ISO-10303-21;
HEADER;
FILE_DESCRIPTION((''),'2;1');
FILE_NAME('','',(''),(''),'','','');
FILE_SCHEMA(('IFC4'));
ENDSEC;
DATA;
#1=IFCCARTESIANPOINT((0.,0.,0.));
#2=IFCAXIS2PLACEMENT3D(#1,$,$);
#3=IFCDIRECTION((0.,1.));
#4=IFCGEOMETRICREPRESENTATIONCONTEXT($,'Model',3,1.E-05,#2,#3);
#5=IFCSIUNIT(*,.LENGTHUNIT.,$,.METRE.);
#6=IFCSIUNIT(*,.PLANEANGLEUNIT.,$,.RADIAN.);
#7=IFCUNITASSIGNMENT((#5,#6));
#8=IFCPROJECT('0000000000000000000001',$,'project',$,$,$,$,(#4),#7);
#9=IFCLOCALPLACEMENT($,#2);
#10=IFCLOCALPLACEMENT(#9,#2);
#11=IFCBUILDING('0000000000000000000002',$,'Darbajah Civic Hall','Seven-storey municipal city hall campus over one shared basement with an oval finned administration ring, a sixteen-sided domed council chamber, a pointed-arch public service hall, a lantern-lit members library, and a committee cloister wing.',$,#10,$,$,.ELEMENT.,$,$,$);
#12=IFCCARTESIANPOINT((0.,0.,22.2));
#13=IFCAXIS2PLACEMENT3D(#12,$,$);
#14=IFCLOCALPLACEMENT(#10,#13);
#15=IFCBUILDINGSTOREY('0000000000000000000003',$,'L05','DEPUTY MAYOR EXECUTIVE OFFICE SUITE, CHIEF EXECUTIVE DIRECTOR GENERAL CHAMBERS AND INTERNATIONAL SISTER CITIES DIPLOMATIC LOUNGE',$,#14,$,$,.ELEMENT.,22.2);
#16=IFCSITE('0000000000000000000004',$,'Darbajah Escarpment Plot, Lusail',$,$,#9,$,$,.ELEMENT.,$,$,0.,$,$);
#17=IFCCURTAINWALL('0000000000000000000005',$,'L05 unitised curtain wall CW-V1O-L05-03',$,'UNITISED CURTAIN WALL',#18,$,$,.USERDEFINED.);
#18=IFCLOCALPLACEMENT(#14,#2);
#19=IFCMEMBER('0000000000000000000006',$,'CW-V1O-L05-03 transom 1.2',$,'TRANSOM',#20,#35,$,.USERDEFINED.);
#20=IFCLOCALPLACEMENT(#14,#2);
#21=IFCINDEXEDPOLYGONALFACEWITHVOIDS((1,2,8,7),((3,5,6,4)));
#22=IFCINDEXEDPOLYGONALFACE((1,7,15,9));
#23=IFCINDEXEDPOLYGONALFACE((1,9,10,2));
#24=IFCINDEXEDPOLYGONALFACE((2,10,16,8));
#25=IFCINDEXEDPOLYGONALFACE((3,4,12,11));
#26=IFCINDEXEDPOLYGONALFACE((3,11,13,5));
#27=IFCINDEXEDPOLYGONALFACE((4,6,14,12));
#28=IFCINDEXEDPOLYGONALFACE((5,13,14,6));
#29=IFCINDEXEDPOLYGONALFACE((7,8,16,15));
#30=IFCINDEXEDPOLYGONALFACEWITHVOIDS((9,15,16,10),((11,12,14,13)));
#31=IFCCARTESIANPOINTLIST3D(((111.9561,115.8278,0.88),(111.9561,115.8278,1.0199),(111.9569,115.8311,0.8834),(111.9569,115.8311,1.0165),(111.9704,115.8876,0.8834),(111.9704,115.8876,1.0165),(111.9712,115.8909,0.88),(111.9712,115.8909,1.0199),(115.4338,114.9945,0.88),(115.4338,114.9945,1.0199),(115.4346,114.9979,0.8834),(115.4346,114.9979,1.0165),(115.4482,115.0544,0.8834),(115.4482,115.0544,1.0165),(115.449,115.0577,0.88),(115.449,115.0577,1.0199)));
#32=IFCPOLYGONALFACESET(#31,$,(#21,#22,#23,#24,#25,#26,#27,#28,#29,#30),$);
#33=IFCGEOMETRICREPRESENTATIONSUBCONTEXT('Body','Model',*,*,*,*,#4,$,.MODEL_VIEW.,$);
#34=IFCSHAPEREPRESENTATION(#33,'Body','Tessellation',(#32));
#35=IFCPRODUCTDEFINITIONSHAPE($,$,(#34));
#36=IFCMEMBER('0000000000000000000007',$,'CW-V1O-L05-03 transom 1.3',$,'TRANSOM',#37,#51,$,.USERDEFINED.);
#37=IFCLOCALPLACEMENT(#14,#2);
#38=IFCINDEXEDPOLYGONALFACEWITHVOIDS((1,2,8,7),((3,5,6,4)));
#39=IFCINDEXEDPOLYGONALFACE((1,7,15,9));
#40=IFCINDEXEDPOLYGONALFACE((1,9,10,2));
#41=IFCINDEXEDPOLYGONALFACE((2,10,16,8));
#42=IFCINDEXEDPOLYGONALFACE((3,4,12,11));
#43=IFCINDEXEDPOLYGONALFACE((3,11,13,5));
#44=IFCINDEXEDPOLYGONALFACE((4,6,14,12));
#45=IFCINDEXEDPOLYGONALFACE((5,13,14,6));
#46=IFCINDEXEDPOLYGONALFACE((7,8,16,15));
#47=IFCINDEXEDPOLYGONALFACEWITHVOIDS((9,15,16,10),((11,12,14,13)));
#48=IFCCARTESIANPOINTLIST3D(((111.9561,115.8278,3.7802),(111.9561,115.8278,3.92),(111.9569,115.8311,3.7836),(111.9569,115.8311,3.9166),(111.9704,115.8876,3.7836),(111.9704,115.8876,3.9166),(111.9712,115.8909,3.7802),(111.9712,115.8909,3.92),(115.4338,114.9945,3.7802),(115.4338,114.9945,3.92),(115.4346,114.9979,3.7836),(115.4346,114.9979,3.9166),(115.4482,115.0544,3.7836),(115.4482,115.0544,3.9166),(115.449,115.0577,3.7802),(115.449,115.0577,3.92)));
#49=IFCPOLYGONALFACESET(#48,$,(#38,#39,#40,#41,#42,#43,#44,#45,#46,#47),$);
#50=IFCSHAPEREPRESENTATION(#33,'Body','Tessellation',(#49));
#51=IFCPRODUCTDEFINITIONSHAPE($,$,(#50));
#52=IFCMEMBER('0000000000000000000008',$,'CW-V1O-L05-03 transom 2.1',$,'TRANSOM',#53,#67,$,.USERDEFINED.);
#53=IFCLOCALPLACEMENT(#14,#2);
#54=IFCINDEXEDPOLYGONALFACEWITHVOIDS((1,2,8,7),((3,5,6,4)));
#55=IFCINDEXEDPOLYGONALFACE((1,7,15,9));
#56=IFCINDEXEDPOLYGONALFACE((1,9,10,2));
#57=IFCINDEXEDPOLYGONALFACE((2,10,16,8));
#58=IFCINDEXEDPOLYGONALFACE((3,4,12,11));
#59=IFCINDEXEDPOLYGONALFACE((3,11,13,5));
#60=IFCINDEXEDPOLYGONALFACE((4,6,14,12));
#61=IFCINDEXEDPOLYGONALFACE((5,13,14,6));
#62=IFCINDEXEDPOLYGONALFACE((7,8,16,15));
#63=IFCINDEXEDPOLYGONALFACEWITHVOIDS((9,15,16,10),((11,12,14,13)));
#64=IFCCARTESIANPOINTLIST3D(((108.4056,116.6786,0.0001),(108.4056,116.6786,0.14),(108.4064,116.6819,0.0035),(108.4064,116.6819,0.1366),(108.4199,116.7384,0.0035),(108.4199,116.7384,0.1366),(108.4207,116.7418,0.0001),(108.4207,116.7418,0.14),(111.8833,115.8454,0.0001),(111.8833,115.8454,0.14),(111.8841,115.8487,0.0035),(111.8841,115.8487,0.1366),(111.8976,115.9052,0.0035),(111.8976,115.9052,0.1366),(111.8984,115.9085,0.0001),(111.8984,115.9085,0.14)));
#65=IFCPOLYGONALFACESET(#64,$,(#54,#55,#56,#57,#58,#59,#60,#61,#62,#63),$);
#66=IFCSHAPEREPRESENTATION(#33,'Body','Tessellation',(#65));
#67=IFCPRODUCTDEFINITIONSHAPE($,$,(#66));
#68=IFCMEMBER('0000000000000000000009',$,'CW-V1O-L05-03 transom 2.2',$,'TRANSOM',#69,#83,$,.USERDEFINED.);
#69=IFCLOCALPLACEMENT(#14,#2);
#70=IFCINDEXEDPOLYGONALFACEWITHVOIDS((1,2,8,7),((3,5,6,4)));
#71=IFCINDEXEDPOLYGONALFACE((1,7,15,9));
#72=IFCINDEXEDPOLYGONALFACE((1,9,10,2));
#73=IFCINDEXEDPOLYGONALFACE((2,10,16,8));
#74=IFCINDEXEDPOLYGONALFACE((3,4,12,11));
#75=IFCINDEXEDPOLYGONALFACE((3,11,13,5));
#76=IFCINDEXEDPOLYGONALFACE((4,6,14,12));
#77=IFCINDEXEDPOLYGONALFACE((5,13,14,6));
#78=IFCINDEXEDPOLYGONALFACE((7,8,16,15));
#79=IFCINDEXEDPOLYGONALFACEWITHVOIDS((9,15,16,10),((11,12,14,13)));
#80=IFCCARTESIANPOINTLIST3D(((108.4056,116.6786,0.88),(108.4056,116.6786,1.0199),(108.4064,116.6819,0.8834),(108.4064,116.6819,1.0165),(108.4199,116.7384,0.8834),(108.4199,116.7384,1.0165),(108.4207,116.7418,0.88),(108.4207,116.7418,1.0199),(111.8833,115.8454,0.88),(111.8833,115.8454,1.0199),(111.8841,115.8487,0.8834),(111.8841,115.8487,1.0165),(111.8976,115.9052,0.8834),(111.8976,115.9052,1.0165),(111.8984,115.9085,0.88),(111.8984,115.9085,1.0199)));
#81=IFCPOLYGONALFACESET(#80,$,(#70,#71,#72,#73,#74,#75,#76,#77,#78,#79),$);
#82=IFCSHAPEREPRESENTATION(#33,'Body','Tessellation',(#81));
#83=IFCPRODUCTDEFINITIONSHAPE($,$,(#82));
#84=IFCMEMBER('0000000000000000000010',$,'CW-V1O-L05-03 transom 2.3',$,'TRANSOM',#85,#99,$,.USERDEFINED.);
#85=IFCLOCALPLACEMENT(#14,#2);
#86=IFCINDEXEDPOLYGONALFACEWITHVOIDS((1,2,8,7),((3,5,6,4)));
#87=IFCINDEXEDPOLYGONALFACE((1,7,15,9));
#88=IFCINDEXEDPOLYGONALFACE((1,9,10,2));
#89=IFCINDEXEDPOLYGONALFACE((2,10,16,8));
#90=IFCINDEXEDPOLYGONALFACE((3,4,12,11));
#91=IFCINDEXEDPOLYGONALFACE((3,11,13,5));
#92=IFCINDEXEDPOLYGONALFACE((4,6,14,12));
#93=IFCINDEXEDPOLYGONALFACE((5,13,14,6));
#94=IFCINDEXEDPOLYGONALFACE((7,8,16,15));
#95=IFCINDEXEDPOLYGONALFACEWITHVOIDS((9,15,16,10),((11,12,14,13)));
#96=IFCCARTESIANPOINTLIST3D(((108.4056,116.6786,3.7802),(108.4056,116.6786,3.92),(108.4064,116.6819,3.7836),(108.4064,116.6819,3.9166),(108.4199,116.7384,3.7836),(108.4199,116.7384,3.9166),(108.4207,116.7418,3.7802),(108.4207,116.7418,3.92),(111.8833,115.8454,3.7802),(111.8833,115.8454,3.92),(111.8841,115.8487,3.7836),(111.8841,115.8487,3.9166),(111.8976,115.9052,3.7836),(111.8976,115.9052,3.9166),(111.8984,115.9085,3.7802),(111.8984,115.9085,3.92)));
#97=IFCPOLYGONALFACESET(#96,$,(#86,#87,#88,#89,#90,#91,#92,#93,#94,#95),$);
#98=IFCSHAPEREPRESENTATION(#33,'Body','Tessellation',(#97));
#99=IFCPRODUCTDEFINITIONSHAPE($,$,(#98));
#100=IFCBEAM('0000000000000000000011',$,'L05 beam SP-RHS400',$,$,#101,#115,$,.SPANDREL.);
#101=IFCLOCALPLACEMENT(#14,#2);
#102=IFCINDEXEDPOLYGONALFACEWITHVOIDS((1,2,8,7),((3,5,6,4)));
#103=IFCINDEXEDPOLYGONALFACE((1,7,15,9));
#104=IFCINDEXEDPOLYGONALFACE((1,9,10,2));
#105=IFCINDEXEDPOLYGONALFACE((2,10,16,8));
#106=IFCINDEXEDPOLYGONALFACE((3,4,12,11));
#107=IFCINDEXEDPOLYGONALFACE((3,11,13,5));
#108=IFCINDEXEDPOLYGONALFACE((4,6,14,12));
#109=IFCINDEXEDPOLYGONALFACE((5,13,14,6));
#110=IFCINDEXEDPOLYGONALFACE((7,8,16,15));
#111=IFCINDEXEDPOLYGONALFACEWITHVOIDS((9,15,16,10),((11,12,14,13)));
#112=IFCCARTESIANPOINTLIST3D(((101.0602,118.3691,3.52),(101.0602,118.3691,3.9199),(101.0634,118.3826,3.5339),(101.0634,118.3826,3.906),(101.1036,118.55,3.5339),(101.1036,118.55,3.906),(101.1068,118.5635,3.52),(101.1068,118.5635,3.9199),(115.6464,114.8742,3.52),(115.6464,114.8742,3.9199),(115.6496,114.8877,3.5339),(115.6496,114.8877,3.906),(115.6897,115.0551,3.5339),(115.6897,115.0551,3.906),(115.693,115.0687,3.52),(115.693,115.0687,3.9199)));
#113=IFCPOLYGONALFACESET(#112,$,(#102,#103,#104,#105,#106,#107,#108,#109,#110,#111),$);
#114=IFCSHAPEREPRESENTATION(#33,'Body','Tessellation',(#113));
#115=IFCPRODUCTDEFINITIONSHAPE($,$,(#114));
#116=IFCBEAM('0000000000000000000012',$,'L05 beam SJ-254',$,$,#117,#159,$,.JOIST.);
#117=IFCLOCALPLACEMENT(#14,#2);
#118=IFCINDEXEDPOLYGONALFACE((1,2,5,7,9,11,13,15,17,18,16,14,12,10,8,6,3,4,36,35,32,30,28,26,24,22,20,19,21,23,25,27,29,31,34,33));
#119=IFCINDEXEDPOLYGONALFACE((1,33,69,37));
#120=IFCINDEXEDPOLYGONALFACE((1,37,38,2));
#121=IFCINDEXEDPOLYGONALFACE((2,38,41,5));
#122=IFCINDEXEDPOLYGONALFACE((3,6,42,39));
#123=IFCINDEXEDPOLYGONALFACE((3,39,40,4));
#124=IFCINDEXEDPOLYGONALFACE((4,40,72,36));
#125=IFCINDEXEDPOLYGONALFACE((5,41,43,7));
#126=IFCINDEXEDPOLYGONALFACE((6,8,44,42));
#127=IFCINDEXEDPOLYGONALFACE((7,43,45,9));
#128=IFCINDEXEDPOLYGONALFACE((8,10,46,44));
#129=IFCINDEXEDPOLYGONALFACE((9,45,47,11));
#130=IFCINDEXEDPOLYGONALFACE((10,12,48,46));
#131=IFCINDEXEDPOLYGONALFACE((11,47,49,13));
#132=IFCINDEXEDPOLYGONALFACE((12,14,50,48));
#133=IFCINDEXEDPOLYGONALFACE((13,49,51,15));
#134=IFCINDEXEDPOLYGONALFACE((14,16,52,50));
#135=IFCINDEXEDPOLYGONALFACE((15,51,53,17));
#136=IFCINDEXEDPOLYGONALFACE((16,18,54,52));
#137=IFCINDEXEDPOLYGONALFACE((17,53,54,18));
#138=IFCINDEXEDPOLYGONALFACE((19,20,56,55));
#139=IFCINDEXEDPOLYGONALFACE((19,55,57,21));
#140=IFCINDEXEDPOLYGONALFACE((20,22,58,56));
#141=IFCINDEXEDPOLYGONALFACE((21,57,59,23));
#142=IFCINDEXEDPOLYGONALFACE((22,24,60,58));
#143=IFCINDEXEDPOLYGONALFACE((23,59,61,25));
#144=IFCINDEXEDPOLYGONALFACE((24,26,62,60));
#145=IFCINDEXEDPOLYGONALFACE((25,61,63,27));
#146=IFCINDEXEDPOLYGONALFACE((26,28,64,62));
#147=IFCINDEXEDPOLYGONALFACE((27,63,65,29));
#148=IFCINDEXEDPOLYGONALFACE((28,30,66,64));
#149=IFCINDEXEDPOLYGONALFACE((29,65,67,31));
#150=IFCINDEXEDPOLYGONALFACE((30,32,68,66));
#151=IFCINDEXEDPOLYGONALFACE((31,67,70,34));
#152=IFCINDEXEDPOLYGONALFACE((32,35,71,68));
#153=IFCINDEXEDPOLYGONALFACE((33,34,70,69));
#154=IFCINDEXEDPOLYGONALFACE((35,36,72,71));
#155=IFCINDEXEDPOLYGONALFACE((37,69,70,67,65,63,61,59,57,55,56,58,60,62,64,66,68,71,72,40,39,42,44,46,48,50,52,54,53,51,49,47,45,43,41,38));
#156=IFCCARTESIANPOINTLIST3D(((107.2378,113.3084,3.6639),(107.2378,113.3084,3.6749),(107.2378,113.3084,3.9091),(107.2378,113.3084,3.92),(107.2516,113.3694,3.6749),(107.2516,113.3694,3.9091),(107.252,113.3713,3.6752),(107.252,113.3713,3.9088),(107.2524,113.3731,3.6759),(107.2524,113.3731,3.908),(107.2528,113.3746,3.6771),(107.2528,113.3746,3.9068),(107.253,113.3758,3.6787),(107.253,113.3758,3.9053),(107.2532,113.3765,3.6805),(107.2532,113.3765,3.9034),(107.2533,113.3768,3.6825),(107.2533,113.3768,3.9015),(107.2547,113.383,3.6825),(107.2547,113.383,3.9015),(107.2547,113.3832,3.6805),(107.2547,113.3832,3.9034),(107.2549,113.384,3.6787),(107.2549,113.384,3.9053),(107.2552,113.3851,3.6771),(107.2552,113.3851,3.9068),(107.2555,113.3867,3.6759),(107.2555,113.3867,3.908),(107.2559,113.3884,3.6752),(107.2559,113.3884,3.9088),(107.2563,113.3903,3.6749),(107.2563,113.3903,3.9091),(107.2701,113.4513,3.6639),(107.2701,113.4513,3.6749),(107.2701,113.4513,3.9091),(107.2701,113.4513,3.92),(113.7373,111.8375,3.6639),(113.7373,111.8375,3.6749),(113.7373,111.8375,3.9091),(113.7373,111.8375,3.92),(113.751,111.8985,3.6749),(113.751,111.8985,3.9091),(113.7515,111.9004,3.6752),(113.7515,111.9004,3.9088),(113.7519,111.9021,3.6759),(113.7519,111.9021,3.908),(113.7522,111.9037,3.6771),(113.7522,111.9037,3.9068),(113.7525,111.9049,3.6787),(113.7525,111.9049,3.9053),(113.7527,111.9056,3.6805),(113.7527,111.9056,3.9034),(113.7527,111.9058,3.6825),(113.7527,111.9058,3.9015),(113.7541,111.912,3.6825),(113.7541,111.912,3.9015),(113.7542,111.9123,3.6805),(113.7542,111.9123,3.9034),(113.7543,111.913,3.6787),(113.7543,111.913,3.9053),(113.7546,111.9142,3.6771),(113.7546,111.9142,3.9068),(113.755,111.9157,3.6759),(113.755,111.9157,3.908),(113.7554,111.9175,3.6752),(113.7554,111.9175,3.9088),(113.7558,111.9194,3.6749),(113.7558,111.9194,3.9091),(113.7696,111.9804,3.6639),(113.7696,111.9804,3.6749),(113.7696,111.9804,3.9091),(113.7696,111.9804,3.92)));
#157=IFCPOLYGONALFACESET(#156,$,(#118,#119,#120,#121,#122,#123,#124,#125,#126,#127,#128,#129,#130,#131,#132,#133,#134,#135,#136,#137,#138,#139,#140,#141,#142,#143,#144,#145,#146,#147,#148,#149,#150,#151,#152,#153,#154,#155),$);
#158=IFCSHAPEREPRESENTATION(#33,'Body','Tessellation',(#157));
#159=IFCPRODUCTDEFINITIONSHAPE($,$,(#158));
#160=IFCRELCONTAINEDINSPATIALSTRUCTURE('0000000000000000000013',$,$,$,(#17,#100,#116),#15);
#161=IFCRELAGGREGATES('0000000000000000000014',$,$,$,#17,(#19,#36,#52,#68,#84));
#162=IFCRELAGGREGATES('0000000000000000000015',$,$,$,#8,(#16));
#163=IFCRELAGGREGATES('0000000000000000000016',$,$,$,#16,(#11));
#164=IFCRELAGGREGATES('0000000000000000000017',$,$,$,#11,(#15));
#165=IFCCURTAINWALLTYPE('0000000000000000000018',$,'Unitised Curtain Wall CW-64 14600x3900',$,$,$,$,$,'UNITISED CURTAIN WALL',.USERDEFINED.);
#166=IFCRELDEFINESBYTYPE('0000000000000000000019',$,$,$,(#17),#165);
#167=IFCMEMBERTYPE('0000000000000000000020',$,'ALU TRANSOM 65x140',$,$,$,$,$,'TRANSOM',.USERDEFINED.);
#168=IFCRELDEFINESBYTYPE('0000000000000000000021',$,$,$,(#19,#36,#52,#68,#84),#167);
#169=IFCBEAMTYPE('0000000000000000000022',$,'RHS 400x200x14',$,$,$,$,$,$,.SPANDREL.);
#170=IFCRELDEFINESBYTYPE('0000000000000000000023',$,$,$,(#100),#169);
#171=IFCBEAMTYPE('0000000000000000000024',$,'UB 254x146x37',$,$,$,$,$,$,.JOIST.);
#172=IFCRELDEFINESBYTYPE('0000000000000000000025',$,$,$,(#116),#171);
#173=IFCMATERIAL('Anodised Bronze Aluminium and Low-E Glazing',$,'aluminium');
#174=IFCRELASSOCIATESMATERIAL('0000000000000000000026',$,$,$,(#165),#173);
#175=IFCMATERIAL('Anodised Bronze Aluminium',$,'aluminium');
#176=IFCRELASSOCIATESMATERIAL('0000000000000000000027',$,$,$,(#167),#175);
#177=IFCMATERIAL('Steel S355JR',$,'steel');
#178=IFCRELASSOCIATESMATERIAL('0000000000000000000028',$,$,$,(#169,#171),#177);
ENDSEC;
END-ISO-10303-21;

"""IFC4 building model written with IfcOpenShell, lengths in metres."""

from ifc_helpers import new_model, si_unit, direction, frame, origin, origin_2d, place, context, subcontext, project, spatial, hollow_rectangle, i_section, extrude, material, material_profile, profile_set, type_object, element, aggregate, save


model = new_model("IFC4")

# Units and contexts
model_context = context("Model", 3, precision=1e-05, world=origin(), true_north=direction((0.0, 1.0)))
body_context = subcontext(model_context, "Body", "Model", "MODEL_VIEW")
ifc_project = project(units=[si_unit("LENGTHUNIT", "METRE"), si_unit("PLANEANGLEUNIT", "RADIAN")], contexts=[model_context])

# Site, building, storey
site_placement = place(None, origin())
site = spatial("IfcSite", under=ifc_project, at=site_placement, Name="Darbajah Escarpment Plot, Lusail", CompositionType="ELEMENT", RefElevation=0.0)
building_placement = place(site_placement, origin())
building = spatial("IfcBuilding", under=site, at=building_placement, Name="Darbajah Civic Hall", Description="Seven-storey municipal city hall campus over one shared basement with an oval finned administration ring, a sixteen-sided domed council chamber, a pointed-arch public service hall, a lantern-lit members library, and a committee cloister wing.", CompositionType="ELEMENT")
storey_placement = place(building_placement, frame((0.0, 0.0, 22.2)))
storey = spatial("IfcBuildingStorey", under=building, at=storey_placement, Name="L05", Description="DEPUTY MAYOR EXECUTIVE OFFICE SUITE, CHIEF EXECUTIVE DIRECTOR GENERAL CHAMBERS AND INTERNATIONAL SISTER CITIES DIPLOMATIC LOUNGE", CompositionType="ELEMENT", Elevation=22.2)

# Shared definitions
ifc_material_1 = material(Name="Anodised Bronze Aluminium and Low-E Glazing", Category="aluminium")
ifc_material_2 = material(Name="Anodised Bronze Aluminium", Category="aluminium")

# Curtain wall
curtain_wall_type_1 = type_object("IfcCurtainWallType", Name="Unitised Curtain Wall CW-64 14600x3900", ElementType="UNITISED CURTAIN WALL", PredefinedType="USERDEFINED", material=ifc_material_1)
curtain_wall_1_placement = place(storey_placement, origin())
curtain_wall_1 = element("IfcCurtainWall", 1, at=curtain_wall_1_placement, inside=storey, type_object=curtain_wall_type_1, Name="L05 unitised curtain wall CW-V1O-L05-03", ObjectType="UNITISED CURTAIN WALL", PredefinedType="USERDEFINED")

# Members
ifc_material_profile_1 = material_profile(ifc_material_2, hollow_rectangle(XDim=0.0649, YDim=0.1399, WallThickness=0.0034, at=origin_2d()), Name="ALU TRANSOM 65x140")
ifc_profile_set_1 = profile_set([ifc_material_profile_1], Name="Anodised Bronze Aluminium")
member_type_1 = type_object("IfcMemberType", Name="ALU TRANSOM 65x140", ElementType="TRANSOM", PredefinedType="USERDEFINED", material=ifc_profile_set_1)
member_1_placement = place(storey_placement, frame((115.4414, 115.0261, 0.95), z_axis=(-0.972477, 0.232999, 0.0), x_axis=(-0.232999, -0.972477, 0.0)))
member_1 = element("IfcMember", 2, at=member_1_placement, type_object=member_type_1, Name="CW-V1O-L05-03 transom 1.2", ObjectType="TRANSOM", PredefinedType="USERDEFINED", context=body_context, shape_type="SweptSolid", body=[
    extrude(hollow_rectangle(XDim=0.0649, YDim=0.1399, WallThickness=0.0034, at=origin_2d()), origin(), (0.0, 0.0, 1.0), 3.5762),
])
member_2_placement = place(storey_placement, frame((115.4414, 115.0261, 3.8501), z_axis=(-0.972477, 0.232999, 0.0), x_axis=(-0.232999, -0.972477, 0.0)))
member_2 = element("IfcMember", 3, at=member_2_placement, type_object=member_type_1, Name="CW-V1O-L05-03 transom 1.3", ObjectType="TRANSOM", PredefinedType="USERDEFINED", context=body_context, shape_type="SweptSolid", body=[
    extrude(hollow_rectangle(XDim=0.0649, YDim=0.1399, WallThickness=0.0034, at=origin_2d()), origin(), (0.0, 0.0, 1.0), 3.5762),
])
member_3_placement = place(storey_placement, frame((111.8909, 115.877, 0.0701), z_axis=(-0.972477, 0.232999, 0.0), x_axis=(-0.232999, -0.972477, 0.0)))
member_3 = element("IfcMember", 4, at=member_3_placement, type_object=member_type_1, Name="CW-V1O-L05-03 transom 2.1", ObjectType="TRANSOM", PredefinedType="USERDEFINED", context=body_context, shape_type="SweptSolid", body=[
    extrude(hollow_rectangle(XDim=0.0649, YDim=0.1399, WallThickness=0.0034, at=origin_2d()), origin(), (0.0, 0.0, 1.0), 3.5762),
])
member_4_placement = place(storey_placement, frame((111.8909, 115.877, 0.95), z_axis=(-0.972477, 0.232999, 0.0), x_axis=(-0.232999, -0.972477, 0.0)))
member_4 = element("IfcMember", 5, at=member_4_placement, type_object=member_type_1, Name="CW-V1O-L05-03 transom 2.2", ObjectType="TRANSOM", PredefinedType="USERDEFINED", context=body_context, shape_type="SweptSolid", body=[
    extrude(hollow_rectangle(XDim=0.0649, YDim=0.1399, WallThickness=0.0034, at=origin_2d()), origin(), (0.0, 0.0, 1.0), 3.5762),
])
member_5_placement = place(storey_placement, frame((111.8909, 115.877, 3.8501), z_axis=(-0.972477, 0.232999, 0.0), x_axis=(-0.232999, -0.972477, 0.0)))
member_5 = element("IfcMember", 6, at=member_5_placement, type_object=member_type_1, Name="CW-V1O-L05-03 transom 2.3", ObjectType="TRANSOM", PredefinedType="USERDEFINED", context=body_context, shape_type="SweptSolid", body=[
    extrude(hollow_rectangle(XDim=0.0649, YDim=0.1399, WallThickness=0.0034, at=origin_2d()), origin(), (0.0, 0.0, 1.0), 3.5762),
])

# Beams
ifc_material_3 = material(Name="Steel S355JR", Category="steel")
ifc_material_profile_2 = material_profile(ifc_material_3, hollow_rectangle(XDim=0.2, YDim=0.3999, WallThickness=0.0139, at=origin_2d()), Name="RHS 400x200x14")
ifc_profile_set_2 = profile_set([ifc_material_profile_2], Name="Steel S355JR")
beam_type_1 = type_object("IfcBeamType", Name="RHS 400x200x14", PredefinedType="SPANDREL", material=ifc_profile_set_2)
beam_1_placement = place(storey_placement, frame((115.6697, 114.9714, 3.72), z_axis=(-0.972475, 0.233007, 0.0), x_axis=(-0.233007, -0.972475, 0.0)))
element("IfcBeam", 7, at=beam_1_placement, inside=storey, type_object=beam_type_1, Name="L05 beam SP-RHS400", PredefinedType="SPANDREL", context=body_context, shape_type="SweptSolid", body=[
    extrude(hollow_rectangle(XDim=0.2, YDim=0.3999, WallThickness=0.0139, at=origin_2d()), origin(), (0.0, 0.0, 1.0), 14.999),
])
ifc_material_profile_3 = material_profile(ifc_material_3, i_section(OverallWidth=0.1465, OverallDepth=0.2561, WebThickness=0.0063, FlangeThickness=0.011, FilletRadius=0.0076, at=origin_2d()), Name="UB 254x146x37")
ifc_profile_set_3 = profile_set([ifc_material_profile_3], Name="Steel S355JR")
beam_type_2 = type_object("IfcBeamType", Name="UB 254x146x37", PredefinedType="JOIST", material=ifc_profile_set_3)
beam_2_placement = place(storey_placement, frame((113.7534, 111.9089, 3.792), z_axis=(-0.975334, 0.220734, 0.0), x_axis=(-0.220734, -0.975334, 0.0)))
element("IfcBeam", 8, at=beam_2_placement, inside=storey, type_object=beam_type_2, Name="L05 beam SJ-254", PredefinedType="JOIST", context=body_context, shape_type="SweptSolid", body=[
    extrude(i_section(OverallWidth=0.1465, OverallDepth=0.2561, WebThickness=0.0063, FlangeThickness=0.011, FilletRadius=0.0076, at=origin_2d()), origin(), (0.0, 0.0, 1.0), 6.6638),
])

aggregate(curtain_wall_1, [member_1, member_2, member_3, member_4, member_5])

save(model, "model.ifc")
